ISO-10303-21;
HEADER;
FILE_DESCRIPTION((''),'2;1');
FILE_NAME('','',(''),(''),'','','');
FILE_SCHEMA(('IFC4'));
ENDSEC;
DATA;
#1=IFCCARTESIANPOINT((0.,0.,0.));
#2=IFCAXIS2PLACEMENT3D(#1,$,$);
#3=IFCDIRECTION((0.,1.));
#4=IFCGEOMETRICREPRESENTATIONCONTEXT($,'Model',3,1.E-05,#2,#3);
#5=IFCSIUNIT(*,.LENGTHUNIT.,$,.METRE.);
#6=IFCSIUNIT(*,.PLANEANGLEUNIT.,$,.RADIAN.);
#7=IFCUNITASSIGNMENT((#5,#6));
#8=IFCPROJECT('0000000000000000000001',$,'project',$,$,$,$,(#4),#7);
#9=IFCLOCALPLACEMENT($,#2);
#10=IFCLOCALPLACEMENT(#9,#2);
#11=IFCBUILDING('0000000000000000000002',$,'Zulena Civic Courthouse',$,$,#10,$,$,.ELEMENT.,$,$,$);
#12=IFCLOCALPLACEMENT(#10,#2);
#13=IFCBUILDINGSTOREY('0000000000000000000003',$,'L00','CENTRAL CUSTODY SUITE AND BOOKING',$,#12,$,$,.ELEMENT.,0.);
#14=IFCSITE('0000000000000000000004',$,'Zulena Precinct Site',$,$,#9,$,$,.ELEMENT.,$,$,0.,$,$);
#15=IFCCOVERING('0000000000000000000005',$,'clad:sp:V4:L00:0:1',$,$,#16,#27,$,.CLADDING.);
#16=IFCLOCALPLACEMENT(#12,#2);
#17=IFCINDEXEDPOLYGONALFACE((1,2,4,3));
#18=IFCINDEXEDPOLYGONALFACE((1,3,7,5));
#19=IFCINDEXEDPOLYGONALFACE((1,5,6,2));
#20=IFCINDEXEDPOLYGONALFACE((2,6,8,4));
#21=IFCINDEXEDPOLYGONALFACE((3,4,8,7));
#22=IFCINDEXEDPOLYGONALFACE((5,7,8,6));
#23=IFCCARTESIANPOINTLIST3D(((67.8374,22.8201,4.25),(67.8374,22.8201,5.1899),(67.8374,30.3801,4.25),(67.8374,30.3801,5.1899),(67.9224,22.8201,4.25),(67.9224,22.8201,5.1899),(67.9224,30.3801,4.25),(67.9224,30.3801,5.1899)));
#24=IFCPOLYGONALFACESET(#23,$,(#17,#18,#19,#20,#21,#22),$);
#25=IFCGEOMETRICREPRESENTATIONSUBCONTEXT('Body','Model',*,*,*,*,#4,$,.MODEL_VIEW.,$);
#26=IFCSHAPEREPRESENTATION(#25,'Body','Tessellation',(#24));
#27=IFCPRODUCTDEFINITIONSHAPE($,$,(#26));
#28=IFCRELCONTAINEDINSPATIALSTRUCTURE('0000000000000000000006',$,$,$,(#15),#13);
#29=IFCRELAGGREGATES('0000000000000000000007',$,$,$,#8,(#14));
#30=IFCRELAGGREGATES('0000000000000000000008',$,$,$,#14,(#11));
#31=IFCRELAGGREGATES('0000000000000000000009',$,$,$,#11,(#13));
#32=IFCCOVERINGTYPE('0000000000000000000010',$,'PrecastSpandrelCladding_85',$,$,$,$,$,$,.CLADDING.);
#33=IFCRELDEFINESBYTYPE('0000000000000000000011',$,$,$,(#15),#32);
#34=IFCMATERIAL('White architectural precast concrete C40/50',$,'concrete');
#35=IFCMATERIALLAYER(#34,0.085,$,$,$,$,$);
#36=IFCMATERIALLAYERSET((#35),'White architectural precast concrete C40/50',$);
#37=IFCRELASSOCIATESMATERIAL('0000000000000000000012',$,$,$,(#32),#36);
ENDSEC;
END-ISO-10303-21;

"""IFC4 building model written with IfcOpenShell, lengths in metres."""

from ifc_helpers import new_model, si_unit, direction, frame, origin, origin_2d, place, context, subcontext, project, spatial, rectangle, extrude, material, layer, layer_set, type_object, element, save


model = new_model("IFC4")

# Units and contexts
model_context = context("Model", 3, precision=1e-05, world=origin(), true_north=direction((0.0, 1.0)))
body_context = subcontext(model_context, "Body", "Model", "MODEL_VIEW")
ifc_project = project(units=[si_unit("LENGTHUNIT", "METRE"), si_unit("PLANEANGLEUNIT", "RADIAN")], contexts=[model_context])

# Site, building, storey
site_placement = place(None, origin())
site = spatial("IfcSite", under=ifc_project, at=site_placement, Name="Zulena Precinct Site", CompositionType="ELEMENT", RefElevation=0.0)
building_placement = place(site_placement, origin())
building = spatial("IfcBuilding", under=site, at=building_placement, Name="Zulena Civic Courthouse", CompositionType="ELEMENT")
storey_placement = place(building_placement, origin())
storey = spatial("IfcBuildingStorey", under=building, at=storey_placement, Name="L00", Description="CENTRAL CUSTODY SUITE AND BOOKING", CompositionType="ELEMENT", Elevation=0.0)

# Covering
ifc_material_1 = material(Name="White architectural precast concrete C40/50", Category="concrete")
ifc_layer_1 = layer(ifc_material_1, 0.085)
ifc_layer_set_1 = layer_set([ifc_layer_1], Name="White architectural precast concrete C40/50")
covering_type = type_object("IfcCoveringType", Name="PrecastSpandrelCladding_85", PredefinedType="CLADDING", material=ifc_layer_set_1)
covering_placement = place(storey_placement, frame((67.8799, 26.6001, 4.25), z_axis=(0.0, 0.0, 1.0), x_axis=(0.0, 1.0, 0.0)))
element("IfcCovering", 1, at=covering_placement, inside=storey, type_object=covering_type, Name="clad:sp:V4:L00:0:1", PredefinedType="CLADDING", context=body_context, shape_type="SweptSolid", body=[
    extrude(rectangle(XDim=7.5601, YDim=0.085, at=origin_2d()), origin(), (0.0, 0.0, 1.0), 0.9399),
])

save(model, "model.ifc")
